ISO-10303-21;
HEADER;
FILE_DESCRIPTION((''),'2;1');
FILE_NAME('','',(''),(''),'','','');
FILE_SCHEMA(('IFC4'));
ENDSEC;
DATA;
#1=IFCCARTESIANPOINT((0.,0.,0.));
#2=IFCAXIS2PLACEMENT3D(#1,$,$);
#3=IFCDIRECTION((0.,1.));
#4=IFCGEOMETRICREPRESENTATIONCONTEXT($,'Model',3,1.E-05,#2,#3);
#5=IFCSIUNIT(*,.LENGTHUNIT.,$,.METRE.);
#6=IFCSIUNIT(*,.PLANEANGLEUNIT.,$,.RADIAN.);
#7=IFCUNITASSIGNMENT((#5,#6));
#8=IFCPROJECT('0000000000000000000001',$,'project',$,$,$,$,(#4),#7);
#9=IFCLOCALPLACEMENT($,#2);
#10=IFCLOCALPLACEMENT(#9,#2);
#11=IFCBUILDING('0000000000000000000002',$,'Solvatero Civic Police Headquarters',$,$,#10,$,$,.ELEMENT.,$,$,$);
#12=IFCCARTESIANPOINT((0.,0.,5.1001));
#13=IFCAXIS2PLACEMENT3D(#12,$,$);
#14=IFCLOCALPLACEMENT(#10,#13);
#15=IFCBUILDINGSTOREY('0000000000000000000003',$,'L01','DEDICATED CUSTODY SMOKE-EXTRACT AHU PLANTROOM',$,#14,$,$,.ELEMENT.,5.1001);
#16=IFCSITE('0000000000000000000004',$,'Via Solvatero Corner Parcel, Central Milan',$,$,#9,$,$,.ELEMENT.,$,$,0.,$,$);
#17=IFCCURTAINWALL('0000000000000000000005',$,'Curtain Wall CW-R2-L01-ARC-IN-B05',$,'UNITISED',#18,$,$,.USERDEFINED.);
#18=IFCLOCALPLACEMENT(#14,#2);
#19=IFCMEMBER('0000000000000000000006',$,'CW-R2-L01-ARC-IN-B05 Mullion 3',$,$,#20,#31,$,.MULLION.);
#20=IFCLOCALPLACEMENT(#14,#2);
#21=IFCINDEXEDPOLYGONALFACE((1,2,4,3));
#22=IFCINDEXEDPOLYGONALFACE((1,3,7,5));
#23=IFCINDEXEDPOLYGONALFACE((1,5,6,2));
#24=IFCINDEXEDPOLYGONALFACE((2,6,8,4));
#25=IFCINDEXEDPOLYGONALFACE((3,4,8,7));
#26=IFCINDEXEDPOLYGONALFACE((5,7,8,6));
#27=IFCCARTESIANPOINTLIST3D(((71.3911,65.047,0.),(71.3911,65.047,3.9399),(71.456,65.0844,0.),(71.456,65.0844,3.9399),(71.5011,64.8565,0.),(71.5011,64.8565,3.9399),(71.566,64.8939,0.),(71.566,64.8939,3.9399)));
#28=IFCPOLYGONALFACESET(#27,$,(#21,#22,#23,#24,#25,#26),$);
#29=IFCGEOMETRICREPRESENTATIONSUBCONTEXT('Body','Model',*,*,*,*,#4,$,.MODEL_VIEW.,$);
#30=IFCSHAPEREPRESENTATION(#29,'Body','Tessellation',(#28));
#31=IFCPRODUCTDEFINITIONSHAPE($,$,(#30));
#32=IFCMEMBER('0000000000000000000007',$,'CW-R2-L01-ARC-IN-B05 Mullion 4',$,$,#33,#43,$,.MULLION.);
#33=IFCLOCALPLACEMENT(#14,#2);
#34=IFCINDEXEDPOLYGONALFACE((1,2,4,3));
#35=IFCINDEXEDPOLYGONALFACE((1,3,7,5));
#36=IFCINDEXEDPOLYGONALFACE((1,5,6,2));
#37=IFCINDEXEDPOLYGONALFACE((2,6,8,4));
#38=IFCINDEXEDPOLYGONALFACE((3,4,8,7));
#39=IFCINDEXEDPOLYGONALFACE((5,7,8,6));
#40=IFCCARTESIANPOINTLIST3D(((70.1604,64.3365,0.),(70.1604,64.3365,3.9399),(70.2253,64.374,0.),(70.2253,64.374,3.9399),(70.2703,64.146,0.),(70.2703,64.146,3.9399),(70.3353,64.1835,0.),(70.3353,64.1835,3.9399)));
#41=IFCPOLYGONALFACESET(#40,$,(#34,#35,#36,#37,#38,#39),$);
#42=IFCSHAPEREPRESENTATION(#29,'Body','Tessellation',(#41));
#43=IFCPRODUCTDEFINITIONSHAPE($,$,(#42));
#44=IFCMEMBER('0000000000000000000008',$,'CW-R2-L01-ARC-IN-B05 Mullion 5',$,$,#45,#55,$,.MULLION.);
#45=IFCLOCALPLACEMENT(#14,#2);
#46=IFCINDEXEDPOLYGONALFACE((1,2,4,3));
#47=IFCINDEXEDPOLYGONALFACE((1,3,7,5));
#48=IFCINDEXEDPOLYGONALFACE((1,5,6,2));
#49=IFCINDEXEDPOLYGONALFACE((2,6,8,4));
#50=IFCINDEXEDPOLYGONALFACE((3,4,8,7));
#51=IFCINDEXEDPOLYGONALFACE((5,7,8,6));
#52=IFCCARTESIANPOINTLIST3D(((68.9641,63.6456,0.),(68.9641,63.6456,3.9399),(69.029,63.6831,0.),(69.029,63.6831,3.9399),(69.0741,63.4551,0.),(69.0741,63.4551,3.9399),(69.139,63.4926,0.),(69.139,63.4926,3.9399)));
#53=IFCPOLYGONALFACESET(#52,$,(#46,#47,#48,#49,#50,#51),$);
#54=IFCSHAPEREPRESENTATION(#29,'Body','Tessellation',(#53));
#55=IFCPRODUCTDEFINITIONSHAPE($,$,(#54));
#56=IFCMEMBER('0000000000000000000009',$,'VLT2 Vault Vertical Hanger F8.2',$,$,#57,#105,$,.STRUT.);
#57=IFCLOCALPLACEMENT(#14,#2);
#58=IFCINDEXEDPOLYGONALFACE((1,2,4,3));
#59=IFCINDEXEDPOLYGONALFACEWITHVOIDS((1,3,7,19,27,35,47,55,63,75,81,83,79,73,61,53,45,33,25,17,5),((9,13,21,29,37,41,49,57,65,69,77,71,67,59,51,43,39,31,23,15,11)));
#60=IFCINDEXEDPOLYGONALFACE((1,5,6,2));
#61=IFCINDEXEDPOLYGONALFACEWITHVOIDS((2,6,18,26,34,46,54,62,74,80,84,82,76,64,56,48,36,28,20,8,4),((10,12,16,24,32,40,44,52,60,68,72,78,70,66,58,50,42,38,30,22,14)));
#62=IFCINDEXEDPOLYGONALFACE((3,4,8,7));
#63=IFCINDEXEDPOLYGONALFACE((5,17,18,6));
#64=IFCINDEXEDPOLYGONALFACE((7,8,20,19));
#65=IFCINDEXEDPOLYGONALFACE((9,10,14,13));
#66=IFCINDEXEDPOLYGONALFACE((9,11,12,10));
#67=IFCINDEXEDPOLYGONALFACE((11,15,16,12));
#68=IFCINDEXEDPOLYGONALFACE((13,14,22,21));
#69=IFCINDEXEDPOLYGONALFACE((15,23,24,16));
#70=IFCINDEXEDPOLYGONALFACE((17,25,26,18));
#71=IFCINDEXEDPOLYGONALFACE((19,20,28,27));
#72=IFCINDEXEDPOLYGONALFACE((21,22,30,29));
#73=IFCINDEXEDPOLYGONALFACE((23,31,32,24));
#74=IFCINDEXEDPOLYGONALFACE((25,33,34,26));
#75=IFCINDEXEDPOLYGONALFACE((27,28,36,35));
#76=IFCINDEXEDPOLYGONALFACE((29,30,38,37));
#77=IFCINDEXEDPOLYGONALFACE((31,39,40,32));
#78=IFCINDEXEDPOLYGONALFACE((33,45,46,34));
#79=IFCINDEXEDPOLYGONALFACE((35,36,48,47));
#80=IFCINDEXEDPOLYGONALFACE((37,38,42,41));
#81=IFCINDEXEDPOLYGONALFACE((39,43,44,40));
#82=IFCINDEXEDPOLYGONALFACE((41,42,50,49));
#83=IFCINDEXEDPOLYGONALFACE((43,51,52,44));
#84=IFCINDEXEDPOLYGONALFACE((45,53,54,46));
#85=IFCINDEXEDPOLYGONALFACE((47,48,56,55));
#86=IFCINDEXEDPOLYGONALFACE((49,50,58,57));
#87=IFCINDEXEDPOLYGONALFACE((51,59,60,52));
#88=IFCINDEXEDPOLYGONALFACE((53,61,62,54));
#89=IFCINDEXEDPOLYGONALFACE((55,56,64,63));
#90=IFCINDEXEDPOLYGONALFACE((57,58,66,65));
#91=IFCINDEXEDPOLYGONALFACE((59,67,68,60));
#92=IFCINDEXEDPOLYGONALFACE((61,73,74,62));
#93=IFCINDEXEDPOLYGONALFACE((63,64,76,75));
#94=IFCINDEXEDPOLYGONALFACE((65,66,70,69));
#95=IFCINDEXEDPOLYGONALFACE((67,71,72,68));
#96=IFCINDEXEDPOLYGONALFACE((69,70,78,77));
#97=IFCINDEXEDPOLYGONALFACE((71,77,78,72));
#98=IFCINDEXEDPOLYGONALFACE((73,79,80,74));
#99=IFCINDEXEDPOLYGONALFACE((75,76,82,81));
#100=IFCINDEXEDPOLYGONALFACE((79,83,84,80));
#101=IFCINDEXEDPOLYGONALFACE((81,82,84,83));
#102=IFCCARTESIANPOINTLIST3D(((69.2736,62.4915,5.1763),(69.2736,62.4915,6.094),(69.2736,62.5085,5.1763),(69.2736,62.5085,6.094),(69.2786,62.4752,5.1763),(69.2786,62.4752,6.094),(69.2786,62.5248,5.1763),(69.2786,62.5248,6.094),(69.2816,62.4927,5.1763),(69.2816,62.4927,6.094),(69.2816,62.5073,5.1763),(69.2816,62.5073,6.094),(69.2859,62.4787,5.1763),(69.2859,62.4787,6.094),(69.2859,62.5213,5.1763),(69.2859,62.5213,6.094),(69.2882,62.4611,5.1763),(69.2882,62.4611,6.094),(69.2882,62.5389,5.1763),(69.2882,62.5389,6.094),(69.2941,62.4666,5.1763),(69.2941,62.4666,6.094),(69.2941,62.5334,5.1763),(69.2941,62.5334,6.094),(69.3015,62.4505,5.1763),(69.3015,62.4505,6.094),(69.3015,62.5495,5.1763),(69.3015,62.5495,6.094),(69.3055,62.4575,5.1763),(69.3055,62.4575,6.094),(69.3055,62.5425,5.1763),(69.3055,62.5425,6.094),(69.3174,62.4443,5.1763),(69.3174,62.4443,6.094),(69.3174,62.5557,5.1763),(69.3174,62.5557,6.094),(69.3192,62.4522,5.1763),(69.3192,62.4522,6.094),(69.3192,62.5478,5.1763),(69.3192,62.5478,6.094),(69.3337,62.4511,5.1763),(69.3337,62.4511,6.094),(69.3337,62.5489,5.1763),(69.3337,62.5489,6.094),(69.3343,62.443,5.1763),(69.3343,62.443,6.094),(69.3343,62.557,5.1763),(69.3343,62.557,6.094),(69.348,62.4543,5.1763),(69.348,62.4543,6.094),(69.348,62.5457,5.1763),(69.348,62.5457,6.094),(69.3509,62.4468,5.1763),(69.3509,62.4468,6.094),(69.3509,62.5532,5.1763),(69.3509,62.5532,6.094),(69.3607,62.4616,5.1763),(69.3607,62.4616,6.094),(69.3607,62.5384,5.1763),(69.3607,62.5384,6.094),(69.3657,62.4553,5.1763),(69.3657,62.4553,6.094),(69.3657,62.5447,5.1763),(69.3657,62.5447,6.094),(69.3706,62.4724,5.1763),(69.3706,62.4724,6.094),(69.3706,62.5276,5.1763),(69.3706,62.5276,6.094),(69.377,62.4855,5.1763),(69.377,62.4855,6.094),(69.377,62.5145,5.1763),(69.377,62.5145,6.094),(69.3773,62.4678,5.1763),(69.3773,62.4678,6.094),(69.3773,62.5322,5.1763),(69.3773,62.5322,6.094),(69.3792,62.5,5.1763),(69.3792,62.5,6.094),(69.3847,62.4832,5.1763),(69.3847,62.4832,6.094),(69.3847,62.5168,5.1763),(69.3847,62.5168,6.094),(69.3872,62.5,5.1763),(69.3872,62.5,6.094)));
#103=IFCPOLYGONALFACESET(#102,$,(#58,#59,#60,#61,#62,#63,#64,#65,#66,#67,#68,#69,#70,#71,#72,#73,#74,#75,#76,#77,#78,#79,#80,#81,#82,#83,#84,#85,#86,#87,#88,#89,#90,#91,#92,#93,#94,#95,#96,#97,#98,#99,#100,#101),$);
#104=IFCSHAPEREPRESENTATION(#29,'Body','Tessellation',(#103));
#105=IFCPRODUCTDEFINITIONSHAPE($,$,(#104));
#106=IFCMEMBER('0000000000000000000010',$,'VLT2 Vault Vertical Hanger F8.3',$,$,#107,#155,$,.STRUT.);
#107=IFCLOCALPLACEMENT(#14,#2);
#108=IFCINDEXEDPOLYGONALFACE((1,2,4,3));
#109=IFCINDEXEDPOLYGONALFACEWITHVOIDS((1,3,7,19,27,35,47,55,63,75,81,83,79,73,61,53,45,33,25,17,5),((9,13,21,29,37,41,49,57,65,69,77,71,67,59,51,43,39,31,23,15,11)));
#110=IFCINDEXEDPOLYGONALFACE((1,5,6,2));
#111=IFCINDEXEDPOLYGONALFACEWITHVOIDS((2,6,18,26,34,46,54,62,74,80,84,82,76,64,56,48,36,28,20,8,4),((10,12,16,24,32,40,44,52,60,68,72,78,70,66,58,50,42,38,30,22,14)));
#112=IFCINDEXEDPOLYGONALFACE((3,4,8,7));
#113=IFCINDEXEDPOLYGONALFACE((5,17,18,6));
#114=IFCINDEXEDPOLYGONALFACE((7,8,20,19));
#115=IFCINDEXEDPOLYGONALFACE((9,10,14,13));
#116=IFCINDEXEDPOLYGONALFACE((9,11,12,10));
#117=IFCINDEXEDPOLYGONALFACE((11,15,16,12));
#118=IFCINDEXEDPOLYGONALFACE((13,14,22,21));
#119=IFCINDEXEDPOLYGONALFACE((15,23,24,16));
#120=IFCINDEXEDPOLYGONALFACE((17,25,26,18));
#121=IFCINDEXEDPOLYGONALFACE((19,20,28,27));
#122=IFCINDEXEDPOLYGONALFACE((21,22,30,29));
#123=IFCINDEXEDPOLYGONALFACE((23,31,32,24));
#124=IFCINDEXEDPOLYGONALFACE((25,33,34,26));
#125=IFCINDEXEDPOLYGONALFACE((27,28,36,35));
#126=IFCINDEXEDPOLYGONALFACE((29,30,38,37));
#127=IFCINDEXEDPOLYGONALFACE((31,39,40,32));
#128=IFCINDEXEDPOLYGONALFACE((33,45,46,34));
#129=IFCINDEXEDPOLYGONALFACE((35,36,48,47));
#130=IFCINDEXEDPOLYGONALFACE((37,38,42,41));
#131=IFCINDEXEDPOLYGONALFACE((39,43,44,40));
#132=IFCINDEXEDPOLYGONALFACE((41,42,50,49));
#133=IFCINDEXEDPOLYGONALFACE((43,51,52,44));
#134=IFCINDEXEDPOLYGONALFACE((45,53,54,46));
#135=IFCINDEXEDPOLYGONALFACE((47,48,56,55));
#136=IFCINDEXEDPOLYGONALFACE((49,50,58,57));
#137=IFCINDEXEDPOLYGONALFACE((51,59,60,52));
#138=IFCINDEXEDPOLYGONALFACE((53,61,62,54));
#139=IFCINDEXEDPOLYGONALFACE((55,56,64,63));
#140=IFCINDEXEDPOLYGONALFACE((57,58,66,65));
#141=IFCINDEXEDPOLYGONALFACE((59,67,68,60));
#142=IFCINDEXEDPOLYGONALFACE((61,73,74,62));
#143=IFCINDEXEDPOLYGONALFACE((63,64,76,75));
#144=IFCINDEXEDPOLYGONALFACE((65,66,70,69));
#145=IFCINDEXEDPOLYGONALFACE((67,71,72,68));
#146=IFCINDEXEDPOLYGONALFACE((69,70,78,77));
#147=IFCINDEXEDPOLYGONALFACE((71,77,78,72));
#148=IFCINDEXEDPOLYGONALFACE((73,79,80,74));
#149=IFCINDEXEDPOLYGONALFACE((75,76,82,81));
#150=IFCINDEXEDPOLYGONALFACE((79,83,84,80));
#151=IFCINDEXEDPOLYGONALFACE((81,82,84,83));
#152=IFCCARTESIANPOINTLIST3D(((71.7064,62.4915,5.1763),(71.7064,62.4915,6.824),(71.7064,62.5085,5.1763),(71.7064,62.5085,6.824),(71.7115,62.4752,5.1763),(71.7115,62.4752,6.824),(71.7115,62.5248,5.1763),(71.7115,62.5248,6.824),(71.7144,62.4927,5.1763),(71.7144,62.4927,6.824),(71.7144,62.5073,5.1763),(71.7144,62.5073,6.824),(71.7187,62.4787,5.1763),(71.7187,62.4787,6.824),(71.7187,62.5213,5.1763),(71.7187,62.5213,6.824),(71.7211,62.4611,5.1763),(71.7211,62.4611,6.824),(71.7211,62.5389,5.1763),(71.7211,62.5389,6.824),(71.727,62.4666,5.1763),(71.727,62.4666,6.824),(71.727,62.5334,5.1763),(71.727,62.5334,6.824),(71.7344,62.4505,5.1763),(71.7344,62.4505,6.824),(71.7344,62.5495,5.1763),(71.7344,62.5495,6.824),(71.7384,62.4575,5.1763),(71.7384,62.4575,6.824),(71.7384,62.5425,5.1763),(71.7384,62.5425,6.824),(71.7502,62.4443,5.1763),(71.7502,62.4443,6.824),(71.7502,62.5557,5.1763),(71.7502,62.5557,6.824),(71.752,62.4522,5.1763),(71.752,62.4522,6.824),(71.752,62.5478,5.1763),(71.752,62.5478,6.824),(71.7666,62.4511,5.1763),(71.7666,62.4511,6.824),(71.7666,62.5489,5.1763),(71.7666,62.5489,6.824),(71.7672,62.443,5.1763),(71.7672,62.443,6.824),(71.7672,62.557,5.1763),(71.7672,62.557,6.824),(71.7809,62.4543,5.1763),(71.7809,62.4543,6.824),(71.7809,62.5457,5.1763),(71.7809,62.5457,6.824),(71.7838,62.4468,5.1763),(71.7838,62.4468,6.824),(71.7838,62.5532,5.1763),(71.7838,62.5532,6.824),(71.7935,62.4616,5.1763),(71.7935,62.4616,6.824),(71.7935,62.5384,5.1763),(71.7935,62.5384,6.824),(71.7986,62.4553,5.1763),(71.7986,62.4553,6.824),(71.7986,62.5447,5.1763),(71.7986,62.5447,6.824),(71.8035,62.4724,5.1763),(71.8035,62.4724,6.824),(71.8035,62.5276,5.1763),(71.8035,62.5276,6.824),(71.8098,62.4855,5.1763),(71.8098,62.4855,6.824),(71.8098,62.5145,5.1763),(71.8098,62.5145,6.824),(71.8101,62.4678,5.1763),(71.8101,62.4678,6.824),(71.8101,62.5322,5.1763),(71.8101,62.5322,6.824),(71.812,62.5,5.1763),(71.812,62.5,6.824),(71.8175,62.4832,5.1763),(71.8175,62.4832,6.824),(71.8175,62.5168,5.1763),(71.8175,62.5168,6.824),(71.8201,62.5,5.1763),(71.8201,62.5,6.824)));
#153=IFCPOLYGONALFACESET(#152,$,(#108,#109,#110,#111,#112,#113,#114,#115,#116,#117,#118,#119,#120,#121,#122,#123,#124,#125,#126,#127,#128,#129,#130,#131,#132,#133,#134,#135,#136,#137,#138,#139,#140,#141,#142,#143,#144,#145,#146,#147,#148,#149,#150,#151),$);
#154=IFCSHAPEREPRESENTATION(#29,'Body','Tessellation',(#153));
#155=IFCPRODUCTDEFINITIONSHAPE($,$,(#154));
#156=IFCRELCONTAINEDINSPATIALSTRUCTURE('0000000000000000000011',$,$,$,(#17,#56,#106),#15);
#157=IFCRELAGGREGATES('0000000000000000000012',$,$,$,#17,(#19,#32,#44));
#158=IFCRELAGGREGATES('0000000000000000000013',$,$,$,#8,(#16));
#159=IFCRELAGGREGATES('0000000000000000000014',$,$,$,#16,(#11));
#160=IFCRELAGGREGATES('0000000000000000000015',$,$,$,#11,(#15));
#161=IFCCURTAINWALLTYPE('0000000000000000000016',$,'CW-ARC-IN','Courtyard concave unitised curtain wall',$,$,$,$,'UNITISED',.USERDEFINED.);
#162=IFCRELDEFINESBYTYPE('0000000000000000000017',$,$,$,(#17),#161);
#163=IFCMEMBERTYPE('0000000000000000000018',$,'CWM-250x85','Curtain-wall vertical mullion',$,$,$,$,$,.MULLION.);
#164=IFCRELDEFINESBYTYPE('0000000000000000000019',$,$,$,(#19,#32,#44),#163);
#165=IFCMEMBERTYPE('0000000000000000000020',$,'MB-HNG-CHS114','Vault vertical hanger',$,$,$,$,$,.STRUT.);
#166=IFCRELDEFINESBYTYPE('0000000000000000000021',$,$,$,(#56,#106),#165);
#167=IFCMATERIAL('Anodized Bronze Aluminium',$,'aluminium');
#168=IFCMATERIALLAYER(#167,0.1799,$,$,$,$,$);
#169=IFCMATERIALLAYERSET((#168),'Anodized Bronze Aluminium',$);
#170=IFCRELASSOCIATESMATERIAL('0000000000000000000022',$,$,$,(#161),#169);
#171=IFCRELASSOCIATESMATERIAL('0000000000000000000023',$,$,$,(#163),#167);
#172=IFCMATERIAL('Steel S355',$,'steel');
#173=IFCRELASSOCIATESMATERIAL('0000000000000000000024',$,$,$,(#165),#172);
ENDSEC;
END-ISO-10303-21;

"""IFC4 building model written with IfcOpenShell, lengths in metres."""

from ifc_helpers import new_model, si_unit, direction, frame, origin, origin_2d, place, context, subcontext, project, spatial, rectangle, hollow_circle, extrude, material, layer, layer_set, material_profile, profile_set, type_object, element, aggregate, save


model = new_model("IFC4")

# Units and contexts
model_context = context("Model", 3, precision=1e-05, world=origin(), true_north=direction((0.0, 1.0)))
body_context = subcontext(model_context, "Body", "Model", "MODEL_VIEW")
ifc_project = project(units=[si_unit("LENGTHUNIT", "METRE"), si_unit("PLANEANGLEUNIT", "RADIAN")], contexts=[model_context])

# Site, building, storey
site_placement = place(None, origin())
site = spatial("IfcSite", under=ifc_project, at=site_placement, Name="Via Solvatero Corner Parcel, Central Milan", CompositionType="ELEMENT", RefElevation=0.0)
building_placement = place(site_placement, origin())
building = spatial("IfcBuilding", under=site, at=building_placement, Name="Solvatero Civic Police Headquarters", CompositionType="ELEMENT")
storey_placement = place(building_placement, frame((0.0, 0.0, 5.1001)))
storey = spatial("IfcBuildingStorey", under=building, at=storey_placement, Name="L01", Description="DEDICATED CUSTODY SMOKE-EXTRACT AHU PLANTROOM", CompositionType="ELEMENT", Elevation=5.1001)

# Shared definitions
ifc_material_1 = material(Name="Steel S355", Category="steel")

# Curtain wall, members
ifc_material_2 = material(Name="Anodized Bronze Aluminium", Category="aluminium")
ifc_layer_1 = layer(ifc_material_2, 0.1799)
ifc_layer_set_1 = layer_set([ifc_layer_1], Name="Anodized Bronze Aluminium")
curtain_wall_type = type_object("IfcCurtainWallType", Name="CW-ARC-IN", Description="Courtyard concave unitised curtain wall", ElementType="UNITISED", PredefinedType="USERDEFINED", material=ifc_layer_set_1)
curtain_wall_placement = place(storey_placement, origin())
curtain_wall = element("IfcCurtainWall", 1, at=curtain_wall_placement, inside=storey, type_object=curtain_wall_type, Name="Curtain Wall CW-R2-L01-ARC-IN-B05", ObjectType="UNITISED", PredefinedType="USERDEFINED")
ifc_material_profile_1 = material_profile(ifc_material_2, rectangle(XDim=0.075, YDim=0.22, at=origin_2d()), Name="ALU MULLION 75x220")
ifc_profile_set_1 = profile_set([ifc_material_profile_1], Name="Anodized Bronze Aluminium")
member_type_1 = type_object("IfcMemberType", Name="CWM-250x85", Description="Curtain-wall vertical mullion", PredefinedType="MULLION", material=ifc_profile_set_1)
member_1_placement = place(storey_placement, frame((71.4785, 64.9705, 0.0), z_axis=(0.0, 0.0, 1.0), x_axis=(-0.866025, -0.5, 0.0)))
member_1 = element("IfcMember", 2, at=member_1_placement, type_object=member_type_1, Name="CW-R2-L01-ARC-IN-B05 Mullion 3", PredefinedType="MULLION", context=body_context, shape_type="SweptSolid", body=[
    extrude(rectangle(XDim=0.075, YDim=0.22, at=origin_2d()), origin(), (0.0, 0.0, 1.0), 3.9399),
])
member_2_placement = place(storey_placement, frame((70.2478, 64.26, 0.0), z_axis=(0.0, 0.0, 1.0), x_axis=(-0.866025, -0.5, 0.0)))
member_2 = element("IfcMember", 3, at=member_2_placement, type_object=member_type_1, Name="CW-R2-L01-ARC-IN-B05 Mullion 4", PredefinedType="MULLION", context=body_context, shape_type="SweptSolid", body=[
    extrude(rectangle(XDim=0.075, YDim=0.22, at=origin_2d()), origin(), (0.0, 0.0, 1.0), 3.9399),
])
member_3_placement = place(storey_placement, frame((69.0515, 63.5691, 0.0), z_axis=(0.0, 0.0, 1.0), x_axis=(-0.866025, -0.5, 0.0)))
member_3 = element("IfcMember", 4, at=member_3_placement, type_object=member_type_1, Name="CW-R2-L01-ARC-IN-B05 Mullion 5", PredefinedType="MULLION", context=body_context, shape_type="SweptSolid", body=[
    extrude(rectangle(XDim=0.075, YDim=0.22, at=origin_2d()), origin(), (0.0, 0.0, 1.0), 3.9399),
])

# Members
ifc_material_profile_2 = material_profile(ifc_material_1, hollow_circle(Radius=0.0571, WallThickness=0.0081, at=origin_2d()), Name="CHS 114.3x8.0")
ifc_profile_set_2 = profile_set([ifc_material_profile_2], Name="Steel S355")
member_type_2 = type_object("IfcMemberType", Name="MB-HNG-CHS114", Description="Vault vertical hanger", PredefinedType="STRUT", material=ifc_profile_set_2)
member_4_placement = place(storey_placement, frame((69.3301, 62.5, 5.1763), z_axis=(0.0, 0.0, 1.0), x_axis=(1.0, 0.0, 0.0)))
element("IfcMember", 5, at=member_4_placement, inside=storey, type_object=member_type_2, Name="VLT2 Vault Vertical Hanger F8.2", PredefinedType="STRUT", context=body_context, shape_type="SweptSolid", body=[
    extrude(hollow_circle(Radius=0.0571, WallThickness=0.0081, at=origin_2d()), origin(), (0.0, 0.0, 1.0), 0.9177),
])
member_5_placement = place(storey_placement, frame((71.7629, 62.5, 5.1763), z_axis=(0.0, 0.0, 1.0), x_axis=(1.0, 0.0, 0.0)))
element("IfcMember", 6, at=member_5_placement, inside=storey, type_object=member_type_2, Name="VLT2 Vault Vertical Hanger F8.3", PredefinedType="STRUT", context=body_context, shape_type="SweptSolid", body=[
    extrude(hollow_circle(Radius=0.0571, WallThickness=0.0081, at=origin_2d()), origin(), (0.0, 0.0, 1.0), 1.6477),
])

aggregate(curtain_wall, [member_1, member_2, member_3])

save(model, "model.ifc")
